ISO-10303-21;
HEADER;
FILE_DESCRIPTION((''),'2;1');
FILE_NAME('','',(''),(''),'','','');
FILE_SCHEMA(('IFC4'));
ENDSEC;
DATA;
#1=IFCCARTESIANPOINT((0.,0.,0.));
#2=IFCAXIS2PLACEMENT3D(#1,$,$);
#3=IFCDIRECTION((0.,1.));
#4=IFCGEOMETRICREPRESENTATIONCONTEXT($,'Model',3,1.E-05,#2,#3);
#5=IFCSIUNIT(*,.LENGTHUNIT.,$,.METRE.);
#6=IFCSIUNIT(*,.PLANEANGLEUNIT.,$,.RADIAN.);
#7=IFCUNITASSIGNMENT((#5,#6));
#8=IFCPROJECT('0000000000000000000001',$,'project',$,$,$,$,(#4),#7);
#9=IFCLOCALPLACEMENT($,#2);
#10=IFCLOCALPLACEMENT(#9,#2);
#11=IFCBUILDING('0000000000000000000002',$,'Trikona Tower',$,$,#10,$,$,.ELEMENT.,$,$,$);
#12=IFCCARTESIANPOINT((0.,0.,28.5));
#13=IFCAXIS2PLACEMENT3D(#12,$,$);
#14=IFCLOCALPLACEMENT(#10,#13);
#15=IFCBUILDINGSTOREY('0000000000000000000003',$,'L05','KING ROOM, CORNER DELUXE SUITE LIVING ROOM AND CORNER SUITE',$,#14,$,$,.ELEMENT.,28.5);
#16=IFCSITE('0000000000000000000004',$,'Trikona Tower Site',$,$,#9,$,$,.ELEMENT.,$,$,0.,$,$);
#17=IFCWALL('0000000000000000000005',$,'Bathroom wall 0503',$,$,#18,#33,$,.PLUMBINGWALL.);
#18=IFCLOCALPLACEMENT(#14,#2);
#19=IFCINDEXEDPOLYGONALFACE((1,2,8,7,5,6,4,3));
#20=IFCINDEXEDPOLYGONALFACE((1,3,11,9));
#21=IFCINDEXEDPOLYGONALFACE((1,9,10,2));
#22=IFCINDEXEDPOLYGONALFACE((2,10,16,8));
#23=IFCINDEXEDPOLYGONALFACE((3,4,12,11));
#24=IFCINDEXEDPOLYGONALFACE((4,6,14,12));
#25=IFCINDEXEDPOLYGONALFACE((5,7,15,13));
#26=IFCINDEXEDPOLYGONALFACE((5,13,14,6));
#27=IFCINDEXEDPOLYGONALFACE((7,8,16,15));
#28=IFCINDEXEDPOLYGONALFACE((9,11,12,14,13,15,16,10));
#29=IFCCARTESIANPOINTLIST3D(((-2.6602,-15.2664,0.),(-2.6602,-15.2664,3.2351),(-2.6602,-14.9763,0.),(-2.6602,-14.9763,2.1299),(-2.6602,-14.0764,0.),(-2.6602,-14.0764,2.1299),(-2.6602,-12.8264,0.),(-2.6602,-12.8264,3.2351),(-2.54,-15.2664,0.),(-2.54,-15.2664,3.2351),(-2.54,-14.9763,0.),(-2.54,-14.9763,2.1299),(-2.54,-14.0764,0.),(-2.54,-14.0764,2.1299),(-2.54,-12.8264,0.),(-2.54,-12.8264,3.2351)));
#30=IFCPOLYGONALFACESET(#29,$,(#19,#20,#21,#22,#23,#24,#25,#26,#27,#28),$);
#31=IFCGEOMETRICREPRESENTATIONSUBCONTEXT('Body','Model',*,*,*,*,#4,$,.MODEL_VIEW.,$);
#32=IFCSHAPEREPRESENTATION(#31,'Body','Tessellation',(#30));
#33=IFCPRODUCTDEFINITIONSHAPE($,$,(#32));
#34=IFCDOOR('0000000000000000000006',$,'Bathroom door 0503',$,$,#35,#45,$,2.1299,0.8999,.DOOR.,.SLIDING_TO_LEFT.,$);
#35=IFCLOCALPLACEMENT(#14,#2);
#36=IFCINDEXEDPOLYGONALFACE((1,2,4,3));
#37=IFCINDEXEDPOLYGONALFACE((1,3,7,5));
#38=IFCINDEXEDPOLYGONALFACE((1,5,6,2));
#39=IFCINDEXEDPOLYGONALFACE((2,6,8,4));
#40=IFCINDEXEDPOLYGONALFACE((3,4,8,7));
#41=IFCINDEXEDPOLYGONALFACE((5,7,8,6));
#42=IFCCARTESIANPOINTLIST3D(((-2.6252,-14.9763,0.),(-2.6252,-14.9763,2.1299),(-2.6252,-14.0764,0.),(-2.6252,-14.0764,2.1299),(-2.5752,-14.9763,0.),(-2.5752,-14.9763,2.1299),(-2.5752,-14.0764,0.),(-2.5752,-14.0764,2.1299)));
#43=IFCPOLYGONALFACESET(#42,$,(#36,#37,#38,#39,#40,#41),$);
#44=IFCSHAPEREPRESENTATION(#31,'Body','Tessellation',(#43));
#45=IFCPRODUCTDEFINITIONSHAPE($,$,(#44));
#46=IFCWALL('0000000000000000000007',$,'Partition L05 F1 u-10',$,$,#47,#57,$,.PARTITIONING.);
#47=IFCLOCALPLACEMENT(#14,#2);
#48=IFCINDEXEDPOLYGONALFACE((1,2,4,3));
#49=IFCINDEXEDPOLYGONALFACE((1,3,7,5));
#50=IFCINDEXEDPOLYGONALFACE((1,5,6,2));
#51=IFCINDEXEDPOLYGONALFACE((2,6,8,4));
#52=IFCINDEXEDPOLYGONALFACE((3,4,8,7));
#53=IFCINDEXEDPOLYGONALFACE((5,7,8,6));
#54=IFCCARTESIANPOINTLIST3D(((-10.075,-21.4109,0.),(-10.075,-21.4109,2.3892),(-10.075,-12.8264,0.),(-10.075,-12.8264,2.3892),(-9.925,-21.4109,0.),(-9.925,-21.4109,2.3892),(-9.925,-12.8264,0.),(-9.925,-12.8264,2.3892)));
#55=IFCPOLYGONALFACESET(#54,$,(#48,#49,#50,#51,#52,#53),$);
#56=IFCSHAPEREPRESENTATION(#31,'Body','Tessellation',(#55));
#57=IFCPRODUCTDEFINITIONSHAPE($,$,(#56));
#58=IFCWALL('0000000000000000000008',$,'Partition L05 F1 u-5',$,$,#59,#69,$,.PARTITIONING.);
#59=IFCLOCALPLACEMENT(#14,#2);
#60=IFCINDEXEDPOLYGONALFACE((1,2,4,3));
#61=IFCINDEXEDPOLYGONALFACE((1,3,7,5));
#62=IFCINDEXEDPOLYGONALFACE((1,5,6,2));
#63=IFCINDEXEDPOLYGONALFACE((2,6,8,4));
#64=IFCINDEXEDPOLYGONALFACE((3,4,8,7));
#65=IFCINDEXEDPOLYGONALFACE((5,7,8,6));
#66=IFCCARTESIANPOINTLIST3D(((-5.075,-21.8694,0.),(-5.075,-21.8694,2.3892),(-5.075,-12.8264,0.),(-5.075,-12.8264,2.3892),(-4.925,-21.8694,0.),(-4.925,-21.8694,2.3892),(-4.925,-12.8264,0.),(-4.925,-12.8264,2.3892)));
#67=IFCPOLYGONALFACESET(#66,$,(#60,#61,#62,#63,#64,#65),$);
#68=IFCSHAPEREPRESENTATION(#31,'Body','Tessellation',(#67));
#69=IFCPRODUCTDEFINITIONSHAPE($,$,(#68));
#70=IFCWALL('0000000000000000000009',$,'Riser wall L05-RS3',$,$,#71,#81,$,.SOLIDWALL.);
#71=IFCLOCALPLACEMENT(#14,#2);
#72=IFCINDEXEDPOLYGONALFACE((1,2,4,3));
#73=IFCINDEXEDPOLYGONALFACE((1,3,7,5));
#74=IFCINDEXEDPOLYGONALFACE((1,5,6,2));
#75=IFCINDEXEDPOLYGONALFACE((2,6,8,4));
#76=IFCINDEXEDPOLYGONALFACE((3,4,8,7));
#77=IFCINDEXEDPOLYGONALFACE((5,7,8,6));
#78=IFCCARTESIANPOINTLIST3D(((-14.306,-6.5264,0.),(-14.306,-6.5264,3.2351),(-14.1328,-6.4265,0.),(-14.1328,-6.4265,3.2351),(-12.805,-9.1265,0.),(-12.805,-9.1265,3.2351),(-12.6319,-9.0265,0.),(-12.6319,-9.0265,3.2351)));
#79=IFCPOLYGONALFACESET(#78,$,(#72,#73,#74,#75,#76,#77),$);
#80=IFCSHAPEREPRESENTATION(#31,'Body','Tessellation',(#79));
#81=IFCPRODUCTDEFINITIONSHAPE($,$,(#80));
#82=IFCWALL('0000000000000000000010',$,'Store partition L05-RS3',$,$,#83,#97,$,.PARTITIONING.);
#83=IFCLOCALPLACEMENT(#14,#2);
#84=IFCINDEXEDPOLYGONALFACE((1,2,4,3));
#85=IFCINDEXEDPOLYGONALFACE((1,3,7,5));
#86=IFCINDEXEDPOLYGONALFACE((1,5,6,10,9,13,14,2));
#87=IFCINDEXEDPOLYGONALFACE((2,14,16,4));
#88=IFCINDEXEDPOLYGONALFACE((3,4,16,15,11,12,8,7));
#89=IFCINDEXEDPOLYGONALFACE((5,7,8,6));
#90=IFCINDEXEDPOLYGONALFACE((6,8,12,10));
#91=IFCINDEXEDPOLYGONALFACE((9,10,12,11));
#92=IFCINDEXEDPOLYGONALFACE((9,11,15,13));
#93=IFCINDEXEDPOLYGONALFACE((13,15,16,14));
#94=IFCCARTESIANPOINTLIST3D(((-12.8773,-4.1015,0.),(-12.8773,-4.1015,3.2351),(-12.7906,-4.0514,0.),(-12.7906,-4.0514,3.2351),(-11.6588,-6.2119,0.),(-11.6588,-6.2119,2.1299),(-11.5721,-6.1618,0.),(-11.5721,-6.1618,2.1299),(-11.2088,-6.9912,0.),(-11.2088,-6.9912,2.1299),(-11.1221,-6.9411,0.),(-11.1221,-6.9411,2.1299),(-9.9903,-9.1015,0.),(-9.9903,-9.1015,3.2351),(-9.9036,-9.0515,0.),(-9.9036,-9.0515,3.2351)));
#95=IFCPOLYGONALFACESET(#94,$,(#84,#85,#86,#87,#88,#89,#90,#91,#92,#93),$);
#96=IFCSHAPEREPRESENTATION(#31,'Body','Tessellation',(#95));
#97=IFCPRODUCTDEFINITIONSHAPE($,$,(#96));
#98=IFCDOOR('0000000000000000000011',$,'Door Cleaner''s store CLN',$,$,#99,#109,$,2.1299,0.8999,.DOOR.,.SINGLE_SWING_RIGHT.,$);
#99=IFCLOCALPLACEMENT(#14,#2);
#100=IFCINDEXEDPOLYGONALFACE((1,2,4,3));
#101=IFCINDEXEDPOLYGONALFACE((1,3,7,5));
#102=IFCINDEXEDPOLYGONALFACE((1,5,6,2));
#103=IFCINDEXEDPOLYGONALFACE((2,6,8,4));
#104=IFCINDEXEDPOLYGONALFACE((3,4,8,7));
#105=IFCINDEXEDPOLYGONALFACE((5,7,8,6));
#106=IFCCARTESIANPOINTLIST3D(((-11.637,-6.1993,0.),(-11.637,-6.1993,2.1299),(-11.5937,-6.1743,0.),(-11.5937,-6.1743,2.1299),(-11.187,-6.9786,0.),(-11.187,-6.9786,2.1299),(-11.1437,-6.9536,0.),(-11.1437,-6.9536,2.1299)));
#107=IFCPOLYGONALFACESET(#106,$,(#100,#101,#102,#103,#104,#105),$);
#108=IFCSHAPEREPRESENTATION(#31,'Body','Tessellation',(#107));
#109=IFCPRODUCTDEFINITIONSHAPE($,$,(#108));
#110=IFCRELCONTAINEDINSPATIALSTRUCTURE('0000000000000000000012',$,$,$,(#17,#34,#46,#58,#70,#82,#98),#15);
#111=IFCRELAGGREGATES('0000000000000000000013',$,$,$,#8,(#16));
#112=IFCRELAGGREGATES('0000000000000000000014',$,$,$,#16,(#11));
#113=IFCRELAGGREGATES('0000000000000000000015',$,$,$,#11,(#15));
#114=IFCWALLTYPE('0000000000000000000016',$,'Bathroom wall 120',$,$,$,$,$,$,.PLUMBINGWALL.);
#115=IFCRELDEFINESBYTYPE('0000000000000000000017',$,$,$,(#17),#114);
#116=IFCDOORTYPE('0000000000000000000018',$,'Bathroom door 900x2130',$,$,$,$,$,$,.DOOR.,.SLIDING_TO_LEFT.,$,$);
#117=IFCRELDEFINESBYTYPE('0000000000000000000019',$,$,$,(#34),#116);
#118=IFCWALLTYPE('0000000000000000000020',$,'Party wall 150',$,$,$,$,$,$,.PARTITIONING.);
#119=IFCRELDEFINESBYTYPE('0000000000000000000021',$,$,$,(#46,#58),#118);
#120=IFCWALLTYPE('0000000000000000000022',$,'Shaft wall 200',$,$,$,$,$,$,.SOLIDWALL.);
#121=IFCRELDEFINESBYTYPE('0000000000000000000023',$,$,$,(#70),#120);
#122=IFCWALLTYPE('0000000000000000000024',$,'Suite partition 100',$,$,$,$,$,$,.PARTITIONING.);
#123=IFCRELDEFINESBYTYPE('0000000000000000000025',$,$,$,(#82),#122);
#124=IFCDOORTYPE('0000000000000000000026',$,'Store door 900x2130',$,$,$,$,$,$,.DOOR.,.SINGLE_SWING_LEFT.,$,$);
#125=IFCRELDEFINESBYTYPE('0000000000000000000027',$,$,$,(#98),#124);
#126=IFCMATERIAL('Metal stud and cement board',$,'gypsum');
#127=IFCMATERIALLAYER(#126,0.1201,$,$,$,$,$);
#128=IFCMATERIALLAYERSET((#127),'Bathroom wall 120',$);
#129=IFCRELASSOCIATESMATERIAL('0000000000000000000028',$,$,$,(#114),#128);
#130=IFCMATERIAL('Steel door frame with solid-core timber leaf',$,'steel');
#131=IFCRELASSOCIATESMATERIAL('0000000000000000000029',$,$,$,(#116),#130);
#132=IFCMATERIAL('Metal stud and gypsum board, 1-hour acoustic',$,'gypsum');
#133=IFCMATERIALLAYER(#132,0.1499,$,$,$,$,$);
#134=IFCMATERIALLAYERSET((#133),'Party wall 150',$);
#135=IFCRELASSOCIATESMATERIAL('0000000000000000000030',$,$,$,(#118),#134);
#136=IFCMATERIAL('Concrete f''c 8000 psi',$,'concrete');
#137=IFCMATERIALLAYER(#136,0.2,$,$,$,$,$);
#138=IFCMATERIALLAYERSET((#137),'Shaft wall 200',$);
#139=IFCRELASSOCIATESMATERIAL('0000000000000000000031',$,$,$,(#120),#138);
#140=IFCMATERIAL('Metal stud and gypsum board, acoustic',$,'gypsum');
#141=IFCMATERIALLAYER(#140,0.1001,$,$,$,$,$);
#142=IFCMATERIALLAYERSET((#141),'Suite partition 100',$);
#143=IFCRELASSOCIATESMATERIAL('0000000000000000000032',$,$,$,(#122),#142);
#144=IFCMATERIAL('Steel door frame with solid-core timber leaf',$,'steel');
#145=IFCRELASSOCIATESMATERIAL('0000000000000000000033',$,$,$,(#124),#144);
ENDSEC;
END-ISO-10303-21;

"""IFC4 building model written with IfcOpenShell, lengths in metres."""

from ifc_helpers import new_model, si_unit, direction, frame, frame_2d, origin, place, context, subcontext, project, spatial, rectangle, extrude, material, layer, layer_set, type_object, element, fill, save


model = new_model("IFC4")

# Units and contexts
model_context = context("Model", 3, precision=1e-05, world=origin(), true_north=direction((0.0, 1.0)))
body_context = subcontext(model_context, "Body", "Model", "MODEL_VIEW")
ifc_project = project(units=[si_unit("LENGTHUNIT", "METRE"), si_unit("PLANEANGLEUNIT", "RADIAN")], contexts=[model_context])

# Site, building, storey
site_placement = place(None, origin())
site = spatial("IfcSite", under=ifc_project, at=site_placement, Name="Trikona Tower Site", CompositionType="ELEMENT", RefElevation=0.0)
building_placement = place(site_placement, origin())
building = spatial("IfcBuilding", under=site, at=building_placement, Name="Trikona Tower", CompositionType="ELEMENT")
storey_placement = place(building_placement, frame((0.0, 0.0, 28.5)))
storey = spatial("IfcBuildingStorey", under=building, at=storey_placement, Name="L05", Description="KING ROOM, CORNER DELUXE SUITE LIVING ROOM AND CORNER SUITE", CompositionType="ELEMENT", Elevation=28.5)

# Shared definitions
ifc_material_1 = material(Name="Metal stud and cement board", Category="gypsum")
ifc_layer_1 = layer(ifc_material_1, 0.1201)
ifc_layer_set_1 = layer_set([ifc_layer_1], Name="Bathroom wall 120")
wall_type_1 = type_object("IfcWallType", Name="Bathroom wall 120", PredefinedType="PLUMBINGWALL", material=ifc_layer_set_1)

# Shared definitions
ifc_material_2 = material(Name="Steel door frame with solid-core timber leaf", Category="steel")
door_type_1 = type_object("IfcDoorType", Name="Bathroom door 900x2130", OperationType="SLIDING_TO_LEFT", PredefinedType="DOOR", material=ifc_material_2)

# Wall, opening, door
wall_1_placement = place(storey_placement, frame((-2.6001, -12.8264, 0.0), z_axis=(0.0, 0.0, 1.0), x_axis=(0.0, -1.0, 0.0)))
wall_1 = element("IfcWall", 1, at=wall_1_placement, inside=storey, type_object=wall_type_1, Name="Bathroom wall 0503", PredefinedType="PLUMBINGWALL", context=body_context, shape_type="SweptSolid", body=[
    extrude(rectangle(XDim=2.4399, YDim=0.1201, at=frame_2d((1.22, 0.0))), origin(), (0.0, 0.0, 1.0), 3.2351),
])
opening_1_placement = place(wall_1_placement, frame((1.25, 0.0, 0.0)))
opening_1 = element("IfcOpeningElement", 2, at=opening_1_placement, cuts=wall_1, PredefinedType="OPENING", context=body_context, shape_type="SweptSolid", body=[
    extrude(rectangle(XDim=0.8999, YDim=2.1299, at=frame_2d((0.45, 1.0649))), frame((0.0, 0.0701, 0.0), z_axis=(0.0, -1.0, 0.0), x_axis=(1.0, 0.0, 0.0)), (0.0, 0.0, 1.0), 0.1401),
])
door_1_placement = place(opening_1_placement, origin())
door_1 = element("IfcDoor", 3, at=door_1_placement, inside=storey, type_object=door_type_1, Name="Bathroom door 0503", OperationType="SLIDING_TO_LEFT", OverallHeight=2.1299, OverallWidth=0.8999, PredefinedType="DOOR", context=body_context, shape_type="SweptSolid", body=[
    extrude(rectangle(XDim=0.8999, YDim=2.1299, at=frame_2d((0.45, 1.0649))), frame((0.0, 0.0249, 0.0), z_axis=(0.0, -1.0, 0.0), x_axis=(1.0, 0.0, 0.0)), (0.0, 0.0, 1.0), 0.05),
])
fill(opening_1, door_1)

# Walls
ifc_material_3 = material(Name="Metal stud and gypsum board, 1-hour acoustic", Category="gypsum")
ifc_layer_2 = layer(ifc_material_3, 0.1499)
ifc_layer_set_2 = layer_set([ifc_layer_2], Name="Party wall 150")
wall_type_2 = type_object("IfcWallType", Name="Party wall 150", PredefinedType="PARTITIONING", material=ifc_layer_set_2)
wall_2_placement = place(storey_placement, frame((-10.0, -12.8264, 0.0), z_axis=(0.0, 0.0, 1.0), x_axis=(0.0, -1.0, 0.0)))
element("IfcWall", 4, at=wall_2_placement, inside=storey, type_object=wall_type_2, Name="Partition L05 F1 u-10", PredefinedType="PARTITIONING", context=body_context, shape_type="SweptSolid", body=[
    extrude(rectangle(XDim=8.5845, YDim=0.1499, at=frame_2d((4.2922, 0.0))), origin(), (0.0, 0.0, 1.0), 2.3892),
])
wall_3_placement = place(storey_placement, frame((-5.0, -12.8264, 0.0), z_axis=(0.0, 0.0, 1.0), x_axis=(0.0, -1.0, 0.0)))
element("IfcWall", 5, at=wall_3_placement, inside=storey, type_object=wall_type_2, Name="Partition L05 F1 u-5", PredefinedType="PARTITIONING", context=body_context, shape_type="SweptSolid", body=[
    extrude(rectangle(XDim=9.043, YDim=0.1499, at=frame_2d((4.5215, 0.0))), origin(), (0.0, 0.0, 1.0), 2.3892),
])
ifc_material_4 = material(Name="Concrete f'c 8000 psi", Category="concrete")
ifc_layer_3 = layer(ifc_material_4, 0.2)
ifc_layer_set_3 = layer_set([ifc_layer_3], Name="Shaft wall 200")
wall_type_3 = type_object("IfcWallType", Name="Shaft wall 200", PredefinedType="SOLIDWALL", material=ifc_layer_set_3)
wall_4_placement = place(storey_placement, frame((-12.7185, -9.0764, 0.0), z_axis=(0.0, 0.0, 1.0), x_axis=(-0.499952, 0.866053, 0.0)))
element("IfcWall", 6, at=wall_4_placement, inside=storey, type_object=wall_type_3, Name="Riser wall L05-RS3", PredefinedType="SOLIDWALL", context=body_context, shape_type="SweptSolid", body=[
    extrude(rectangle(XDim=3.0022, YDim=0.2, at=frame_2d((1.501, 0.0))), origin(), (0.0, 0.0, 1.0), 3.2351),
])

# Wall, opening, door
ifc_material_5 = material(Name="Metal stud and gypsum board, acoustic", Category="gypsum")
ifc_layer_4 = layer(ifc_material_5, 0.1001)
ifc_layer_set_4 = layer_set([ifc_layer_4], Name="Suite partition 100")
wall_type_4 = type_object("IfcWallType", Name="Suite partition 100", PredefinedType="PARTITIONING", material=ifc_layer_set_4)
wall_5_placement = place(storey_placement, frame((-9.947, -9.0764, 0.0), z_axis=(0.0, 0.0, 1.0), x_axis=(-0.500027, 0.86601, 0.0)))
wall_5 = element("IfcWall", 7, at=wall_5_placement, inside=storey, type_object=wall_type_4, Name="Store partition L05-RS3", PredefinedType="PARTITIONING", context=body_context, shape_type="SweptSolid", body=[
    extrude(rectangle(XDim=5.7737, YDim=0.1001, at=frame_2d((2.8867, 0.0))), origin(), (0.0, 0.0, 1.0), 3.2351),
])
opening_2_placement = place(wall_5_placement, frame((2.4368, 0.0, 0.0)))
opening_2 = element("IfcOpeningElement", 8, at=opening_2_placement, cuts=wall_5, PredefinedType="OPENING", context=body_context, shape_type="SweptSolid", body=[
    extrude(rectangle(XDim=0.8999, YDim=2.1299, at=frame_2d((0.45, 1.0649))), frame((0.0, 0.0601, 0.0), z_axis=(0.0, -1.0, 0.0), x_axis=(1.0, 0.0, 0.0)), (0.0, 0.0, 1.0), 0.1201),
])
ifc_material_6 = material(Name="Steel door frame with solid-core timber leaf", Category="steel")
door_type_2 = type_object("IfcDoorType", Name="Store door 900x2130", OperationType="SINGLE_SWING_LEFT", PredefinedType="DOOR", material=ifc_material_6)
door_2_placement = place(opening_2_placement, origin())
door_2 = element("IfcDoor", 9, at=door_2_placement, inside=storey, type_object=door_type_2, Name="Door Cleaner's store CLN", OperationType="SINGLE_SWING_RIGHT", OverallHeight=2.1299, OverallWidth=0.8999, PredefinedType="DOOR", context=body_context, shape_type="SweptSolid", body=[
    extrude(rectangle(XDim=0.8999, YDim=2.1299, at=frame_2d((0.45, 1.0649))), frame((0.0, 0.0249, 0.0), z_axis=(0.0, -1.0, 0.0), x_axis=(1.0, 0.0, 0.0)), (0.0, 0.0, 1.0), 0.05),
])
fill(opening_2, door_2)

save(model, "model.ifc")
